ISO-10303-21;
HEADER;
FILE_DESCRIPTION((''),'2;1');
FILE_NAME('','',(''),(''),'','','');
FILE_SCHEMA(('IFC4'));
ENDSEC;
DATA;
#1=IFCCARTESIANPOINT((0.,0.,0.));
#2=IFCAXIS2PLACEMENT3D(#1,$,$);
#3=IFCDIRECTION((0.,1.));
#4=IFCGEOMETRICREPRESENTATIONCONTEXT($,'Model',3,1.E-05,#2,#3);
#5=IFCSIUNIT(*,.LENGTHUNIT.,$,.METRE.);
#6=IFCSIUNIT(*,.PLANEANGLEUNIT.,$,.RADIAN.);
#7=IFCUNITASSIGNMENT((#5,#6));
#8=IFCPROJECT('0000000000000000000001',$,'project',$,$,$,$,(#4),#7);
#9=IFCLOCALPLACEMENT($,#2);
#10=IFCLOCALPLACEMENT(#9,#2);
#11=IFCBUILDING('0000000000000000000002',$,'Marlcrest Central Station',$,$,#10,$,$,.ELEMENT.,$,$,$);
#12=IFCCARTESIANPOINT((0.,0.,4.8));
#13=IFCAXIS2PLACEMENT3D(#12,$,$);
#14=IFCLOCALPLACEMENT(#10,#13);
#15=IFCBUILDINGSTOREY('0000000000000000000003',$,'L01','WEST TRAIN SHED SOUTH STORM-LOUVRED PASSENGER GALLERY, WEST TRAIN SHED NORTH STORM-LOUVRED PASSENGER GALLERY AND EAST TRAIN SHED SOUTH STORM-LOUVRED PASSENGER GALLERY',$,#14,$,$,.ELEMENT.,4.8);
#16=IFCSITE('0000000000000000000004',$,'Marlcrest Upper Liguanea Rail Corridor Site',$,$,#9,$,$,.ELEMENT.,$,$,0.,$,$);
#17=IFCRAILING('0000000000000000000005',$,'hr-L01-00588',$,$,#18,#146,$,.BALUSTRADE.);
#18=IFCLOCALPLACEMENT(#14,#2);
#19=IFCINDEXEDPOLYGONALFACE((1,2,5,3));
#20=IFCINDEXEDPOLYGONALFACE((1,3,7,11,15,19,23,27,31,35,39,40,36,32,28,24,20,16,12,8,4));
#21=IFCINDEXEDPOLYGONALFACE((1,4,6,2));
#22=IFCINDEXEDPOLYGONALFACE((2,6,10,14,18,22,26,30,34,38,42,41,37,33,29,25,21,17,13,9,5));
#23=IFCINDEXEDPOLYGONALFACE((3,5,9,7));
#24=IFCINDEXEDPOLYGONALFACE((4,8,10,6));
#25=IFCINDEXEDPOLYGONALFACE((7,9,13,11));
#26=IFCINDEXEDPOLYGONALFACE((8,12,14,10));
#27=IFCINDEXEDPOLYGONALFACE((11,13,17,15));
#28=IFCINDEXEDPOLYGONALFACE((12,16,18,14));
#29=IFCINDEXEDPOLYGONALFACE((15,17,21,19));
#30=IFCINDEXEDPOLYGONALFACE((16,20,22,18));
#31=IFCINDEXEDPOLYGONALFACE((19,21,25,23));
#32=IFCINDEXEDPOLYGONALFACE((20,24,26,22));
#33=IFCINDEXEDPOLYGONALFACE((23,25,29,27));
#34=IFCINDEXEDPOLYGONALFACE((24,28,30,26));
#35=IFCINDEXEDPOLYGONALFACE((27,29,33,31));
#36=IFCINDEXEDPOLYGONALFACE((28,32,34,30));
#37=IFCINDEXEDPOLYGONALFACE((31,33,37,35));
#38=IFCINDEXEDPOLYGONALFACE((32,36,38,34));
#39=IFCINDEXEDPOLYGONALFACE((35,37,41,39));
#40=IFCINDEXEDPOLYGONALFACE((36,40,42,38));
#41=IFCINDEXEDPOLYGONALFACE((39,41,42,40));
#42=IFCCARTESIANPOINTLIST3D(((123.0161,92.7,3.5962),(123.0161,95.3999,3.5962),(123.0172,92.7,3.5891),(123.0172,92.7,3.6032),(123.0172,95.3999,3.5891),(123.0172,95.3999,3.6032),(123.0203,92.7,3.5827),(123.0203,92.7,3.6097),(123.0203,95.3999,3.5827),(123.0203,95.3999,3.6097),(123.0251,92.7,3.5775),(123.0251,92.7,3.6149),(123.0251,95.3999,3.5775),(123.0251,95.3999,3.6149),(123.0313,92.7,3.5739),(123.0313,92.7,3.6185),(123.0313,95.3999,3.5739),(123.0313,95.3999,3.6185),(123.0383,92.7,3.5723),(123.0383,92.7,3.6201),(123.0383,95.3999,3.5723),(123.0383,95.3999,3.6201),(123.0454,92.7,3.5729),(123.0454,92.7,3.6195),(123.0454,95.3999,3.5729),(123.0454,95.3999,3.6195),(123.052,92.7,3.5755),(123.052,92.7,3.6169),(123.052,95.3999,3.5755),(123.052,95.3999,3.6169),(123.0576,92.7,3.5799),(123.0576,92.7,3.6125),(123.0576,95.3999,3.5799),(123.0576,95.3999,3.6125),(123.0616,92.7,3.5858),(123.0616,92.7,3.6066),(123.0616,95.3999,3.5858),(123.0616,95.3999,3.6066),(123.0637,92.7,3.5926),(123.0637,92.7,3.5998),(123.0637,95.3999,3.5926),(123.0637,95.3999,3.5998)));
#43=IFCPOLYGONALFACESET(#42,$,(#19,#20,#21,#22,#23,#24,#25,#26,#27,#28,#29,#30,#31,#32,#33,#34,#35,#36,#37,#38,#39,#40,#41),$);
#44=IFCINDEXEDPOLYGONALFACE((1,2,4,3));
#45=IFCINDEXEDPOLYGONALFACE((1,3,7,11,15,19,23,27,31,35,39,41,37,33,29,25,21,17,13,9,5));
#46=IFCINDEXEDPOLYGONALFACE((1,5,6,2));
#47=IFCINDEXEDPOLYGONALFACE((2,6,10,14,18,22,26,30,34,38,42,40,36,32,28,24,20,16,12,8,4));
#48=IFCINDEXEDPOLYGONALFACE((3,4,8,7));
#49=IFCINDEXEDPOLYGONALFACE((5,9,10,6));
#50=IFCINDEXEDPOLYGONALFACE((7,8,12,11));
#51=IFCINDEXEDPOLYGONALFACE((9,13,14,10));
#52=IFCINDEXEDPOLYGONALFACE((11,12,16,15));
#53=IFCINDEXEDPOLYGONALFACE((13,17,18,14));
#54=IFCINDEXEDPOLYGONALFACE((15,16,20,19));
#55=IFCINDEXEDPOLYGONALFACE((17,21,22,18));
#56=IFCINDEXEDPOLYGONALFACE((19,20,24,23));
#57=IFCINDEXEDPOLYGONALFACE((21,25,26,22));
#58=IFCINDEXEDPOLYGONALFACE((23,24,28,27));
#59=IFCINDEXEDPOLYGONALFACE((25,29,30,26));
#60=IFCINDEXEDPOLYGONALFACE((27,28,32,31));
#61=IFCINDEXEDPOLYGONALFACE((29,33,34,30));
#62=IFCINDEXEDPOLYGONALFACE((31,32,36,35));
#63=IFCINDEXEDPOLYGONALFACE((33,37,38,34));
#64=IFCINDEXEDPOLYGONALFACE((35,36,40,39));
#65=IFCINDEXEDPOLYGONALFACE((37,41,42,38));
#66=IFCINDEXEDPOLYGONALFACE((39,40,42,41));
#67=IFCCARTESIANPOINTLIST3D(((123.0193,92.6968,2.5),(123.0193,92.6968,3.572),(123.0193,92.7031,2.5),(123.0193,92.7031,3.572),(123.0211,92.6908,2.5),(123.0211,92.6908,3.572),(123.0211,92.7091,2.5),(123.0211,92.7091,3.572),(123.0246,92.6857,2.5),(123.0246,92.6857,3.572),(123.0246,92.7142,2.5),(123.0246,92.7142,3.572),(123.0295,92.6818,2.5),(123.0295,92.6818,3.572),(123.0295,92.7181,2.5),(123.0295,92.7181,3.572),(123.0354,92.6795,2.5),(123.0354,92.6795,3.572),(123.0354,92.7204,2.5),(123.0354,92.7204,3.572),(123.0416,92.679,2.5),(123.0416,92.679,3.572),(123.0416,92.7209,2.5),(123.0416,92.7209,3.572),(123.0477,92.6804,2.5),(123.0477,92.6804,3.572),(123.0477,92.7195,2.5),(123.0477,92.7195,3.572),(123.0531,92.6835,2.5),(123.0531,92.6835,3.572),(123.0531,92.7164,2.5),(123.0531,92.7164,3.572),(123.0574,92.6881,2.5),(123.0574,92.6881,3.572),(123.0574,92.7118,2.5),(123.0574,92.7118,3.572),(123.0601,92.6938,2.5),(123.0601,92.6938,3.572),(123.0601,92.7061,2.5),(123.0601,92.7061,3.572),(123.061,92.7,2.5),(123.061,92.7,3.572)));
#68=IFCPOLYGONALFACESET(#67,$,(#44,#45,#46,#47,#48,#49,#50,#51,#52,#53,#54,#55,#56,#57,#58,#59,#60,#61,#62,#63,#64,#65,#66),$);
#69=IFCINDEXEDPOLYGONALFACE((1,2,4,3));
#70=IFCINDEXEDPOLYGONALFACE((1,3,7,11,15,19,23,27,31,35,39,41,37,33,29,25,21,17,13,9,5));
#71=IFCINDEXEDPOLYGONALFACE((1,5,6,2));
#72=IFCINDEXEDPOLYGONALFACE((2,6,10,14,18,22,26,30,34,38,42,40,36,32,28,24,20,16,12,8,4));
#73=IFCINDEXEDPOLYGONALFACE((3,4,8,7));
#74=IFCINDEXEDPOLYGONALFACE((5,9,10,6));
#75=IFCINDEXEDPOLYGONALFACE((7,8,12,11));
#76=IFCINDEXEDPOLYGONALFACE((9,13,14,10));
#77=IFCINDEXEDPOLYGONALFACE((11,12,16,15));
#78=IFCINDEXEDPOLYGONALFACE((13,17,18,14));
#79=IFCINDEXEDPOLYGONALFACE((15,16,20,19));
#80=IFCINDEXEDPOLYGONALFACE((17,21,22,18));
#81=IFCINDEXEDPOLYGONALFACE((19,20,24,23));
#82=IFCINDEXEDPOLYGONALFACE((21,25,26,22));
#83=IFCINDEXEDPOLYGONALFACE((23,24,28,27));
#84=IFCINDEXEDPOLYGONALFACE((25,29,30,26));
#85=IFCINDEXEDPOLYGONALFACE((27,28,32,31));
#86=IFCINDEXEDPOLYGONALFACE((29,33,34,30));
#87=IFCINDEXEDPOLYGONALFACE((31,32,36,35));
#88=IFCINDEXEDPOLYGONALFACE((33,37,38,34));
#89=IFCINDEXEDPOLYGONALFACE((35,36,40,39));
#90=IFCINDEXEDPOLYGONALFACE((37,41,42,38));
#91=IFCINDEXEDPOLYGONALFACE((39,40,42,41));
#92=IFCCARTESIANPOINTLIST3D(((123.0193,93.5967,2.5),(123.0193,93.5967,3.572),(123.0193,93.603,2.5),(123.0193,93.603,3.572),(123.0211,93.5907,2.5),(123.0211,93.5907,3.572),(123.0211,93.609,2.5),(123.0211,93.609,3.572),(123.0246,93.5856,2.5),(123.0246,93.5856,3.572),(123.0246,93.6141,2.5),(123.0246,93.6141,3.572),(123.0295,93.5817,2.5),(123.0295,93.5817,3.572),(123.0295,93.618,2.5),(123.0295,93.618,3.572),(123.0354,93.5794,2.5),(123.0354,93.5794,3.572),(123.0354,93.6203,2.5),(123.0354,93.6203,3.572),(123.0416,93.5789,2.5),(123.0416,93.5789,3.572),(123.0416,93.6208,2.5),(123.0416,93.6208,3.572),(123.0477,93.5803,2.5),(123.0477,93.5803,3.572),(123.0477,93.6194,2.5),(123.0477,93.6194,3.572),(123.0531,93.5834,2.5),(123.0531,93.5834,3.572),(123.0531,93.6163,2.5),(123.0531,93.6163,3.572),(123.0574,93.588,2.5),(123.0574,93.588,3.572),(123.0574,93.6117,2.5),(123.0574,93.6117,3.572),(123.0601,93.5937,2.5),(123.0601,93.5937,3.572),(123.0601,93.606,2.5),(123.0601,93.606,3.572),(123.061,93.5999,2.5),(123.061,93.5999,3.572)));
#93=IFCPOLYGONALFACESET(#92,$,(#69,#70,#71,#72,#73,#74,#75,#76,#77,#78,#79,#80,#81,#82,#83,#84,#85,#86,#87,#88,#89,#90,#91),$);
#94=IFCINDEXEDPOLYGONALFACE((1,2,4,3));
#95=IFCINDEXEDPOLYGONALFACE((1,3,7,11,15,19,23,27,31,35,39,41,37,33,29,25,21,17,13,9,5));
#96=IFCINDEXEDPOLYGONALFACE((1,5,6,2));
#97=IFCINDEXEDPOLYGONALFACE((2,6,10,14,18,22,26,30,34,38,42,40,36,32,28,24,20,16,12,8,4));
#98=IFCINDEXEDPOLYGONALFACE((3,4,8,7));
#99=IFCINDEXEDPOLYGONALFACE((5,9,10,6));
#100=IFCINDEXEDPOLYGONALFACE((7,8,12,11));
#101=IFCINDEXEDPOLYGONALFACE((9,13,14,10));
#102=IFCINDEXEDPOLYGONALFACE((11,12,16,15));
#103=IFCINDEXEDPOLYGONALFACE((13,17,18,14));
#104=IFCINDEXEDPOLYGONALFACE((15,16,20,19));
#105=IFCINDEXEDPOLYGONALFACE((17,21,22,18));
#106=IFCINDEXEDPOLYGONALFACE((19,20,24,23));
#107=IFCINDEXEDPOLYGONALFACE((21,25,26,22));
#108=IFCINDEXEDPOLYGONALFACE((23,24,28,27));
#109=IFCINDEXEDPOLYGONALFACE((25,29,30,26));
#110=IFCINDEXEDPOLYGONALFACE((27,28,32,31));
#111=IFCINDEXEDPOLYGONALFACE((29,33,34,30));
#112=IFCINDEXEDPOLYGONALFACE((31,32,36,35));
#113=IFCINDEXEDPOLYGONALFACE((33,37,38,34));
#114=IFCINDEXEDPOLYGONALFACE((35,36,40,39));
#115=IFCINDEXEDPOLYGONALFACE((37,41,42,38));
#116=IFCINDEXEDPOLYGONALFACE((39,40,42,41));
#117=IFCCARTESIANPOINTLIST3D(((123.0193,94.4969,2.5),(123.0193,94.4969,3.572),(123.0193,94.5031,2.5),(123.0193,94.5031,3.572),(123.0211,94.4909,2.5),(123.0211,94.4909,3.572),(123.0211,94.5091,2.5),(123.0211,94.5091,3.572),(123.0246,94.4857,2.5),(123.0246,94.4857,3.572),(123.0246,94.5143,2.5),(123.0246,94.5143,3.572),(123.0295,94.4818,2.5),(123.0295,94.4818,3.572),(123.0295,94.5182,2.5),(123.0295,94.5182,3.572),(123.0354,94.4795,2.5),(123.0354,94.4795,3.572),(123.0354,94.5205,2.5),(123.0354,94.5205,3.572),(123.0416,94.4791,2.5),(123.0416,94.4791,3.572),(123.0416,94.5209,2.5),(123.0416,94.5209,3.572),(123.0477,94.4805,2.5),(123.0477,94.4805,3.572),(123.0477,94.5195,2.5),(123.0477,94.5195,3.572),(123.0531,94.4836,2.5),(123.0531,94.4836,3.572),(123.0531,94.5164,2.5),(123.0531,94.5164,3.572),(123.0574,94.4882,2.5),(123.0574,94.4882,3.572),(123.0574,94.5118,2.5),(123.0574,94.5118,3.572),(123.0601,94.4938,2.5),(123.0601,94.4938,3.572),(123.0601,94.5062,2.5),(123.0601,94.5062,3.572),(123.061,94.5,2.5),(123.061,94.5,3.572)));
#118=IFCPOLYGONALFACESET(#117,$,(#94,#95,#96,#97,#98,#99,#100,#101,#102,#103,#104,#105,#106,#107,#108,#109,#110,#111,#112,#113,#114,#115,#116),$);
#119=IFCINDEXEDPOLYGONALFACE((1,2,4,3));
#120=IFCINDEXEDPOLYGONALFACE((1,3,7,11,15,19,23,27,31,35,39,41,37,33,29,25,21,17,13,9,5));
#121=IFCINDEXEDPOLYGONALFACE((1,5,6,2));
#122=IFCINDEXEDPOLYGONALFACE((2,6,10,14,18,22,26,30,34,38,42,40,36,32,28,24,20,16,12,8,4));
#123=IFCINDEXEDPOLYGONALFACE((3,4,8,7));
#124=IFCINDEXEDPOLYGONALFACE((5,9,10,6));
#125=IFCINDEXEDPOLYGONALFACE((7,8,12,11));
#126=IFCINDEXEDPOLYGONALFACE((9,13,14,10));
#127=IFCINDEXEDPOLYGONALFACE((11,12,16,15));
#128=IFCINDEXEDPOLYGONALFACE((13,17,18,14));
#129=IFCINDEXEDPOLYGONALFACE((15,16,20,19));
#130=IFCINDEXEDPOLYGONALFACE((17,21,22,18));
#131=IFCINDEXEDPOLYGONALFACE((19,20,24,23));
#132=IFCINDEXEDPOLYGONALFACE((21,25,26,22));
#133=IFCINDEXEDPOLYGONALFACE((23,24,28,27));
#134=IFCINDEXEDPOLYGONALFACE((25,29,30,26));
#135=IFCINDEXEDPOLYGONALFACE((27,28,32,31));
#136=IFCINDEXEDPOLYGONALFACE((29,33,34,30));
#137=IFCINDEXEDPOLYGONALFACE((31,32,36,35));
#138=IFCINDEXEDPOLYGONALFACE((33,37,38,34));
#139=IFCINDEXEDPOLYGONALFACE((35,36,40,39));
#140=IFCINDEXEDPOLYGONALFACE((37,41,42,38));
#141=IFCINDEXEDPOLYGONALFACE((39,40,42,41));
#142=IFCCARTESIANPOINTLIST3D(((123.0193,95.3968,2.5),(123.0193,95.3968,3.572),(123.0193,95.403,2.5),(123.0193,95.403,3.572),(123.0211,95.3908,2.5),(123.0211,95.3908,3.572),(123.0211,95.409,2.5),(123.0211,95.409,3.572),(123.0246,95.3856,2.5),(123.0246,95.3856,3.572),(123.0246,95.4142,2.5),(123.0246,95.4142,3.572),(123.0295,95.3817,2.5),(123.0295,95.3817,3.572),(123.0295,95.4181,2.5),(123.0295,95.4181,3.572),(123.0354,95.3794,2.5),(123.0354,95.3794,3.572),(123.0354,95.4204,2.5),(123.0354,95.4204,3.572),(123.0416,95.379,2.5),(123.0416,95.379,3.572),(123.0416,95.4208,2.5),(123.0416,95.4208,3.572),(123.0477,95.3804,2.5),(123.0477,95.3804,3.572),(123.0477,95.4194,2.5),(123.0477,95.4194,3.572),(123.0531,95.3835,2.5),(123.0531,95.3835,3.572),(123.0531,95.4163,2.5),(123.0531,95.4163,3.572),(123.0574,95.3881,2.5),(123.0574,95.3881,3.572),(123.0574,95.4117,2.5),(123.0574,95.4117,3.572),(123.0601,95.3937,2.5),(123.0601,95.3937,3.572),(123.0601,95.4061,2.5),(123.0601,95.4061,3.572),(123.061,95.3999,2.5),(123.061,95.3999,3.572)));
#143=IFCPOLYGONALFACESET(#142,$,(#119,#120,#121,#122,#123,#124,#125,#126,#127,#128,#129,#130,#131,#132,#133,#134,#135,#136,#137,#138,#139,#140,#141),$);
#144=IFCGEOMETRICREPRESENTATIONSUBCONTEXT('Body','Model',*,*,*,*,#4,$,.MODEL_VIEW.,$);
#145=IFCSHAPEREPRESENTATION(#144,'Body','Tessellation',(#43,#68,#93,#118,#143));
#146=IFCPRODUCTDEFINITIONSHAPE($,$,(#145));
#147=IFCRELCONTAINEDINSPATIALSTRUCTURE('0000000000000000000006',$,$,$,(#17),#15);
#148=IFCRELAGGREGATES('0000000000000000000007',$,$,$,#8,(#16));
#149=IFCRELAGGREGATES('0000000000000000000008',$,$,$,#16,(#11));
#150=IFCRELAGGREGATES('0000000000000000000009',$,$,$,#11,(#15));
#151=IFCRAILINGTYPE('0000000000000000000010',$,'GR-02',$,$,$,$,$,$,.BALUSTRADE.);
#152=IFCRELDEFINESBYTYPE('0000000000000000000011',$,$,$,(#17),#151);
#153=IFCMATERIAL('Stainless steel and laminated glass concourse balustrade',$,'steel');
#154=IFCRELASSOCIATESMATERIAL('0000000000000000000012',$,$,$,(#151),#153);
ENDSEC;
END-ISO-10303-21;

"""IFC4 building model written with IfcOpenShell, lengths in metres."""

from ifc_helpers import new_model, si_unit, direction, frame, origin, origin_2d, place, context, subcontext, project, spatial, circle, extrude, material, type_object, element, save


model = new_model("IFC4")

# Units and contexts
model_context = context("Model", 3, precision=1e-05, world=origin(), true_north=direction((0.0, 1.0)))
body_context = subcontext(model_context, "Body", "Model", "MODEL_VIEW")
ifc_project = project(units=[si_unit("LENGTHUNIT", "METRE"), si_unit("PLANEANGLEUNIT", "RADIAN")], contexts=[model_context])

# Site, building, storey
site_placement = place(None, origin())
site = spatial("IfcSite", under=ifc_project, at=site_placement, Name="Marlcrest Upper Liguanea Rail Corridor Site", CompositionType="ELEMENT", RefElevation=0.0)
building_placement = place(site_placement, origin())
building = spatial("IfcBuilding", under=site, at=building_placement, Name="Marlcrest Central Station", CompositionType="ELEMENT")
storey_placement = place(building_placement, frame((0.0, 0.0, 4.8)))
storey = spatial("IfcBuildingStorey", under=building, at=storey_placement, Name="L01", Description="WEST TRAIN SHED SOUTH STORM-LOUVRED PASSENGER GALLERY, WEST TRAIN SHED NORTH STORM-LOUVRED PASSENGER GALLERY AND EAST TRAIN SHED SOUTH STORM-LOUVRED PASSENGER GALLERY", CompositionType="ELEMENT", Elevation=4.8)

# Railing
ifc_material_1 = material(Name="Stainless steel and laminated glass concourse balustrade", Category="steel")
railing_type_1 = type_object("IfcRailingType", Name="GR-02", PredefinedType="BALUSTRADE", material=ifc_material_1)
railing_1_placement = place(storey_placement, frame((123.04, 92.7, 2.5)))
element("IfcRailing", 1, at=railing_1_placement, inside=storey, type_object=railing_type_1, Name="hr-L01-00588", PredefinedType="BALUSTRADE", context=body_context, shape_type="SweptSolid", body=[
    extrude(circle(Radius=0.0239, at=origin_2d()), frame((0.0, 0.0, 1.0962), z_axis=(0.0, 1.0, 0.0), x_axis=(-1.0, 0.0, 0.0)), (0.0, 0.0, 1.0), 2.7),
    extrude(circle(Radius=0.021, at=origin_2d()), origin(), (0.0, 0.0, 1.0), 1.072),
    extrude(circle(Radius=0.021, at=origin_2d()), frame((0.0, 0.8999, 0.0)), (0.0, 0.0, 1.0), 1.072),
    extrude(circle(Radius=0.021, at=origin_2d()), frame((0.0, 1.8, 0.0)), (0.0, 0.0, 1.0), 1.072),
    extrude(circle(Radius=0.021, at=origin_2d()), frame((0.0, 2.7, 0.0)), (0.0, 0.0, 1.0), 1.072),
])

save(model, "model.ifc")
